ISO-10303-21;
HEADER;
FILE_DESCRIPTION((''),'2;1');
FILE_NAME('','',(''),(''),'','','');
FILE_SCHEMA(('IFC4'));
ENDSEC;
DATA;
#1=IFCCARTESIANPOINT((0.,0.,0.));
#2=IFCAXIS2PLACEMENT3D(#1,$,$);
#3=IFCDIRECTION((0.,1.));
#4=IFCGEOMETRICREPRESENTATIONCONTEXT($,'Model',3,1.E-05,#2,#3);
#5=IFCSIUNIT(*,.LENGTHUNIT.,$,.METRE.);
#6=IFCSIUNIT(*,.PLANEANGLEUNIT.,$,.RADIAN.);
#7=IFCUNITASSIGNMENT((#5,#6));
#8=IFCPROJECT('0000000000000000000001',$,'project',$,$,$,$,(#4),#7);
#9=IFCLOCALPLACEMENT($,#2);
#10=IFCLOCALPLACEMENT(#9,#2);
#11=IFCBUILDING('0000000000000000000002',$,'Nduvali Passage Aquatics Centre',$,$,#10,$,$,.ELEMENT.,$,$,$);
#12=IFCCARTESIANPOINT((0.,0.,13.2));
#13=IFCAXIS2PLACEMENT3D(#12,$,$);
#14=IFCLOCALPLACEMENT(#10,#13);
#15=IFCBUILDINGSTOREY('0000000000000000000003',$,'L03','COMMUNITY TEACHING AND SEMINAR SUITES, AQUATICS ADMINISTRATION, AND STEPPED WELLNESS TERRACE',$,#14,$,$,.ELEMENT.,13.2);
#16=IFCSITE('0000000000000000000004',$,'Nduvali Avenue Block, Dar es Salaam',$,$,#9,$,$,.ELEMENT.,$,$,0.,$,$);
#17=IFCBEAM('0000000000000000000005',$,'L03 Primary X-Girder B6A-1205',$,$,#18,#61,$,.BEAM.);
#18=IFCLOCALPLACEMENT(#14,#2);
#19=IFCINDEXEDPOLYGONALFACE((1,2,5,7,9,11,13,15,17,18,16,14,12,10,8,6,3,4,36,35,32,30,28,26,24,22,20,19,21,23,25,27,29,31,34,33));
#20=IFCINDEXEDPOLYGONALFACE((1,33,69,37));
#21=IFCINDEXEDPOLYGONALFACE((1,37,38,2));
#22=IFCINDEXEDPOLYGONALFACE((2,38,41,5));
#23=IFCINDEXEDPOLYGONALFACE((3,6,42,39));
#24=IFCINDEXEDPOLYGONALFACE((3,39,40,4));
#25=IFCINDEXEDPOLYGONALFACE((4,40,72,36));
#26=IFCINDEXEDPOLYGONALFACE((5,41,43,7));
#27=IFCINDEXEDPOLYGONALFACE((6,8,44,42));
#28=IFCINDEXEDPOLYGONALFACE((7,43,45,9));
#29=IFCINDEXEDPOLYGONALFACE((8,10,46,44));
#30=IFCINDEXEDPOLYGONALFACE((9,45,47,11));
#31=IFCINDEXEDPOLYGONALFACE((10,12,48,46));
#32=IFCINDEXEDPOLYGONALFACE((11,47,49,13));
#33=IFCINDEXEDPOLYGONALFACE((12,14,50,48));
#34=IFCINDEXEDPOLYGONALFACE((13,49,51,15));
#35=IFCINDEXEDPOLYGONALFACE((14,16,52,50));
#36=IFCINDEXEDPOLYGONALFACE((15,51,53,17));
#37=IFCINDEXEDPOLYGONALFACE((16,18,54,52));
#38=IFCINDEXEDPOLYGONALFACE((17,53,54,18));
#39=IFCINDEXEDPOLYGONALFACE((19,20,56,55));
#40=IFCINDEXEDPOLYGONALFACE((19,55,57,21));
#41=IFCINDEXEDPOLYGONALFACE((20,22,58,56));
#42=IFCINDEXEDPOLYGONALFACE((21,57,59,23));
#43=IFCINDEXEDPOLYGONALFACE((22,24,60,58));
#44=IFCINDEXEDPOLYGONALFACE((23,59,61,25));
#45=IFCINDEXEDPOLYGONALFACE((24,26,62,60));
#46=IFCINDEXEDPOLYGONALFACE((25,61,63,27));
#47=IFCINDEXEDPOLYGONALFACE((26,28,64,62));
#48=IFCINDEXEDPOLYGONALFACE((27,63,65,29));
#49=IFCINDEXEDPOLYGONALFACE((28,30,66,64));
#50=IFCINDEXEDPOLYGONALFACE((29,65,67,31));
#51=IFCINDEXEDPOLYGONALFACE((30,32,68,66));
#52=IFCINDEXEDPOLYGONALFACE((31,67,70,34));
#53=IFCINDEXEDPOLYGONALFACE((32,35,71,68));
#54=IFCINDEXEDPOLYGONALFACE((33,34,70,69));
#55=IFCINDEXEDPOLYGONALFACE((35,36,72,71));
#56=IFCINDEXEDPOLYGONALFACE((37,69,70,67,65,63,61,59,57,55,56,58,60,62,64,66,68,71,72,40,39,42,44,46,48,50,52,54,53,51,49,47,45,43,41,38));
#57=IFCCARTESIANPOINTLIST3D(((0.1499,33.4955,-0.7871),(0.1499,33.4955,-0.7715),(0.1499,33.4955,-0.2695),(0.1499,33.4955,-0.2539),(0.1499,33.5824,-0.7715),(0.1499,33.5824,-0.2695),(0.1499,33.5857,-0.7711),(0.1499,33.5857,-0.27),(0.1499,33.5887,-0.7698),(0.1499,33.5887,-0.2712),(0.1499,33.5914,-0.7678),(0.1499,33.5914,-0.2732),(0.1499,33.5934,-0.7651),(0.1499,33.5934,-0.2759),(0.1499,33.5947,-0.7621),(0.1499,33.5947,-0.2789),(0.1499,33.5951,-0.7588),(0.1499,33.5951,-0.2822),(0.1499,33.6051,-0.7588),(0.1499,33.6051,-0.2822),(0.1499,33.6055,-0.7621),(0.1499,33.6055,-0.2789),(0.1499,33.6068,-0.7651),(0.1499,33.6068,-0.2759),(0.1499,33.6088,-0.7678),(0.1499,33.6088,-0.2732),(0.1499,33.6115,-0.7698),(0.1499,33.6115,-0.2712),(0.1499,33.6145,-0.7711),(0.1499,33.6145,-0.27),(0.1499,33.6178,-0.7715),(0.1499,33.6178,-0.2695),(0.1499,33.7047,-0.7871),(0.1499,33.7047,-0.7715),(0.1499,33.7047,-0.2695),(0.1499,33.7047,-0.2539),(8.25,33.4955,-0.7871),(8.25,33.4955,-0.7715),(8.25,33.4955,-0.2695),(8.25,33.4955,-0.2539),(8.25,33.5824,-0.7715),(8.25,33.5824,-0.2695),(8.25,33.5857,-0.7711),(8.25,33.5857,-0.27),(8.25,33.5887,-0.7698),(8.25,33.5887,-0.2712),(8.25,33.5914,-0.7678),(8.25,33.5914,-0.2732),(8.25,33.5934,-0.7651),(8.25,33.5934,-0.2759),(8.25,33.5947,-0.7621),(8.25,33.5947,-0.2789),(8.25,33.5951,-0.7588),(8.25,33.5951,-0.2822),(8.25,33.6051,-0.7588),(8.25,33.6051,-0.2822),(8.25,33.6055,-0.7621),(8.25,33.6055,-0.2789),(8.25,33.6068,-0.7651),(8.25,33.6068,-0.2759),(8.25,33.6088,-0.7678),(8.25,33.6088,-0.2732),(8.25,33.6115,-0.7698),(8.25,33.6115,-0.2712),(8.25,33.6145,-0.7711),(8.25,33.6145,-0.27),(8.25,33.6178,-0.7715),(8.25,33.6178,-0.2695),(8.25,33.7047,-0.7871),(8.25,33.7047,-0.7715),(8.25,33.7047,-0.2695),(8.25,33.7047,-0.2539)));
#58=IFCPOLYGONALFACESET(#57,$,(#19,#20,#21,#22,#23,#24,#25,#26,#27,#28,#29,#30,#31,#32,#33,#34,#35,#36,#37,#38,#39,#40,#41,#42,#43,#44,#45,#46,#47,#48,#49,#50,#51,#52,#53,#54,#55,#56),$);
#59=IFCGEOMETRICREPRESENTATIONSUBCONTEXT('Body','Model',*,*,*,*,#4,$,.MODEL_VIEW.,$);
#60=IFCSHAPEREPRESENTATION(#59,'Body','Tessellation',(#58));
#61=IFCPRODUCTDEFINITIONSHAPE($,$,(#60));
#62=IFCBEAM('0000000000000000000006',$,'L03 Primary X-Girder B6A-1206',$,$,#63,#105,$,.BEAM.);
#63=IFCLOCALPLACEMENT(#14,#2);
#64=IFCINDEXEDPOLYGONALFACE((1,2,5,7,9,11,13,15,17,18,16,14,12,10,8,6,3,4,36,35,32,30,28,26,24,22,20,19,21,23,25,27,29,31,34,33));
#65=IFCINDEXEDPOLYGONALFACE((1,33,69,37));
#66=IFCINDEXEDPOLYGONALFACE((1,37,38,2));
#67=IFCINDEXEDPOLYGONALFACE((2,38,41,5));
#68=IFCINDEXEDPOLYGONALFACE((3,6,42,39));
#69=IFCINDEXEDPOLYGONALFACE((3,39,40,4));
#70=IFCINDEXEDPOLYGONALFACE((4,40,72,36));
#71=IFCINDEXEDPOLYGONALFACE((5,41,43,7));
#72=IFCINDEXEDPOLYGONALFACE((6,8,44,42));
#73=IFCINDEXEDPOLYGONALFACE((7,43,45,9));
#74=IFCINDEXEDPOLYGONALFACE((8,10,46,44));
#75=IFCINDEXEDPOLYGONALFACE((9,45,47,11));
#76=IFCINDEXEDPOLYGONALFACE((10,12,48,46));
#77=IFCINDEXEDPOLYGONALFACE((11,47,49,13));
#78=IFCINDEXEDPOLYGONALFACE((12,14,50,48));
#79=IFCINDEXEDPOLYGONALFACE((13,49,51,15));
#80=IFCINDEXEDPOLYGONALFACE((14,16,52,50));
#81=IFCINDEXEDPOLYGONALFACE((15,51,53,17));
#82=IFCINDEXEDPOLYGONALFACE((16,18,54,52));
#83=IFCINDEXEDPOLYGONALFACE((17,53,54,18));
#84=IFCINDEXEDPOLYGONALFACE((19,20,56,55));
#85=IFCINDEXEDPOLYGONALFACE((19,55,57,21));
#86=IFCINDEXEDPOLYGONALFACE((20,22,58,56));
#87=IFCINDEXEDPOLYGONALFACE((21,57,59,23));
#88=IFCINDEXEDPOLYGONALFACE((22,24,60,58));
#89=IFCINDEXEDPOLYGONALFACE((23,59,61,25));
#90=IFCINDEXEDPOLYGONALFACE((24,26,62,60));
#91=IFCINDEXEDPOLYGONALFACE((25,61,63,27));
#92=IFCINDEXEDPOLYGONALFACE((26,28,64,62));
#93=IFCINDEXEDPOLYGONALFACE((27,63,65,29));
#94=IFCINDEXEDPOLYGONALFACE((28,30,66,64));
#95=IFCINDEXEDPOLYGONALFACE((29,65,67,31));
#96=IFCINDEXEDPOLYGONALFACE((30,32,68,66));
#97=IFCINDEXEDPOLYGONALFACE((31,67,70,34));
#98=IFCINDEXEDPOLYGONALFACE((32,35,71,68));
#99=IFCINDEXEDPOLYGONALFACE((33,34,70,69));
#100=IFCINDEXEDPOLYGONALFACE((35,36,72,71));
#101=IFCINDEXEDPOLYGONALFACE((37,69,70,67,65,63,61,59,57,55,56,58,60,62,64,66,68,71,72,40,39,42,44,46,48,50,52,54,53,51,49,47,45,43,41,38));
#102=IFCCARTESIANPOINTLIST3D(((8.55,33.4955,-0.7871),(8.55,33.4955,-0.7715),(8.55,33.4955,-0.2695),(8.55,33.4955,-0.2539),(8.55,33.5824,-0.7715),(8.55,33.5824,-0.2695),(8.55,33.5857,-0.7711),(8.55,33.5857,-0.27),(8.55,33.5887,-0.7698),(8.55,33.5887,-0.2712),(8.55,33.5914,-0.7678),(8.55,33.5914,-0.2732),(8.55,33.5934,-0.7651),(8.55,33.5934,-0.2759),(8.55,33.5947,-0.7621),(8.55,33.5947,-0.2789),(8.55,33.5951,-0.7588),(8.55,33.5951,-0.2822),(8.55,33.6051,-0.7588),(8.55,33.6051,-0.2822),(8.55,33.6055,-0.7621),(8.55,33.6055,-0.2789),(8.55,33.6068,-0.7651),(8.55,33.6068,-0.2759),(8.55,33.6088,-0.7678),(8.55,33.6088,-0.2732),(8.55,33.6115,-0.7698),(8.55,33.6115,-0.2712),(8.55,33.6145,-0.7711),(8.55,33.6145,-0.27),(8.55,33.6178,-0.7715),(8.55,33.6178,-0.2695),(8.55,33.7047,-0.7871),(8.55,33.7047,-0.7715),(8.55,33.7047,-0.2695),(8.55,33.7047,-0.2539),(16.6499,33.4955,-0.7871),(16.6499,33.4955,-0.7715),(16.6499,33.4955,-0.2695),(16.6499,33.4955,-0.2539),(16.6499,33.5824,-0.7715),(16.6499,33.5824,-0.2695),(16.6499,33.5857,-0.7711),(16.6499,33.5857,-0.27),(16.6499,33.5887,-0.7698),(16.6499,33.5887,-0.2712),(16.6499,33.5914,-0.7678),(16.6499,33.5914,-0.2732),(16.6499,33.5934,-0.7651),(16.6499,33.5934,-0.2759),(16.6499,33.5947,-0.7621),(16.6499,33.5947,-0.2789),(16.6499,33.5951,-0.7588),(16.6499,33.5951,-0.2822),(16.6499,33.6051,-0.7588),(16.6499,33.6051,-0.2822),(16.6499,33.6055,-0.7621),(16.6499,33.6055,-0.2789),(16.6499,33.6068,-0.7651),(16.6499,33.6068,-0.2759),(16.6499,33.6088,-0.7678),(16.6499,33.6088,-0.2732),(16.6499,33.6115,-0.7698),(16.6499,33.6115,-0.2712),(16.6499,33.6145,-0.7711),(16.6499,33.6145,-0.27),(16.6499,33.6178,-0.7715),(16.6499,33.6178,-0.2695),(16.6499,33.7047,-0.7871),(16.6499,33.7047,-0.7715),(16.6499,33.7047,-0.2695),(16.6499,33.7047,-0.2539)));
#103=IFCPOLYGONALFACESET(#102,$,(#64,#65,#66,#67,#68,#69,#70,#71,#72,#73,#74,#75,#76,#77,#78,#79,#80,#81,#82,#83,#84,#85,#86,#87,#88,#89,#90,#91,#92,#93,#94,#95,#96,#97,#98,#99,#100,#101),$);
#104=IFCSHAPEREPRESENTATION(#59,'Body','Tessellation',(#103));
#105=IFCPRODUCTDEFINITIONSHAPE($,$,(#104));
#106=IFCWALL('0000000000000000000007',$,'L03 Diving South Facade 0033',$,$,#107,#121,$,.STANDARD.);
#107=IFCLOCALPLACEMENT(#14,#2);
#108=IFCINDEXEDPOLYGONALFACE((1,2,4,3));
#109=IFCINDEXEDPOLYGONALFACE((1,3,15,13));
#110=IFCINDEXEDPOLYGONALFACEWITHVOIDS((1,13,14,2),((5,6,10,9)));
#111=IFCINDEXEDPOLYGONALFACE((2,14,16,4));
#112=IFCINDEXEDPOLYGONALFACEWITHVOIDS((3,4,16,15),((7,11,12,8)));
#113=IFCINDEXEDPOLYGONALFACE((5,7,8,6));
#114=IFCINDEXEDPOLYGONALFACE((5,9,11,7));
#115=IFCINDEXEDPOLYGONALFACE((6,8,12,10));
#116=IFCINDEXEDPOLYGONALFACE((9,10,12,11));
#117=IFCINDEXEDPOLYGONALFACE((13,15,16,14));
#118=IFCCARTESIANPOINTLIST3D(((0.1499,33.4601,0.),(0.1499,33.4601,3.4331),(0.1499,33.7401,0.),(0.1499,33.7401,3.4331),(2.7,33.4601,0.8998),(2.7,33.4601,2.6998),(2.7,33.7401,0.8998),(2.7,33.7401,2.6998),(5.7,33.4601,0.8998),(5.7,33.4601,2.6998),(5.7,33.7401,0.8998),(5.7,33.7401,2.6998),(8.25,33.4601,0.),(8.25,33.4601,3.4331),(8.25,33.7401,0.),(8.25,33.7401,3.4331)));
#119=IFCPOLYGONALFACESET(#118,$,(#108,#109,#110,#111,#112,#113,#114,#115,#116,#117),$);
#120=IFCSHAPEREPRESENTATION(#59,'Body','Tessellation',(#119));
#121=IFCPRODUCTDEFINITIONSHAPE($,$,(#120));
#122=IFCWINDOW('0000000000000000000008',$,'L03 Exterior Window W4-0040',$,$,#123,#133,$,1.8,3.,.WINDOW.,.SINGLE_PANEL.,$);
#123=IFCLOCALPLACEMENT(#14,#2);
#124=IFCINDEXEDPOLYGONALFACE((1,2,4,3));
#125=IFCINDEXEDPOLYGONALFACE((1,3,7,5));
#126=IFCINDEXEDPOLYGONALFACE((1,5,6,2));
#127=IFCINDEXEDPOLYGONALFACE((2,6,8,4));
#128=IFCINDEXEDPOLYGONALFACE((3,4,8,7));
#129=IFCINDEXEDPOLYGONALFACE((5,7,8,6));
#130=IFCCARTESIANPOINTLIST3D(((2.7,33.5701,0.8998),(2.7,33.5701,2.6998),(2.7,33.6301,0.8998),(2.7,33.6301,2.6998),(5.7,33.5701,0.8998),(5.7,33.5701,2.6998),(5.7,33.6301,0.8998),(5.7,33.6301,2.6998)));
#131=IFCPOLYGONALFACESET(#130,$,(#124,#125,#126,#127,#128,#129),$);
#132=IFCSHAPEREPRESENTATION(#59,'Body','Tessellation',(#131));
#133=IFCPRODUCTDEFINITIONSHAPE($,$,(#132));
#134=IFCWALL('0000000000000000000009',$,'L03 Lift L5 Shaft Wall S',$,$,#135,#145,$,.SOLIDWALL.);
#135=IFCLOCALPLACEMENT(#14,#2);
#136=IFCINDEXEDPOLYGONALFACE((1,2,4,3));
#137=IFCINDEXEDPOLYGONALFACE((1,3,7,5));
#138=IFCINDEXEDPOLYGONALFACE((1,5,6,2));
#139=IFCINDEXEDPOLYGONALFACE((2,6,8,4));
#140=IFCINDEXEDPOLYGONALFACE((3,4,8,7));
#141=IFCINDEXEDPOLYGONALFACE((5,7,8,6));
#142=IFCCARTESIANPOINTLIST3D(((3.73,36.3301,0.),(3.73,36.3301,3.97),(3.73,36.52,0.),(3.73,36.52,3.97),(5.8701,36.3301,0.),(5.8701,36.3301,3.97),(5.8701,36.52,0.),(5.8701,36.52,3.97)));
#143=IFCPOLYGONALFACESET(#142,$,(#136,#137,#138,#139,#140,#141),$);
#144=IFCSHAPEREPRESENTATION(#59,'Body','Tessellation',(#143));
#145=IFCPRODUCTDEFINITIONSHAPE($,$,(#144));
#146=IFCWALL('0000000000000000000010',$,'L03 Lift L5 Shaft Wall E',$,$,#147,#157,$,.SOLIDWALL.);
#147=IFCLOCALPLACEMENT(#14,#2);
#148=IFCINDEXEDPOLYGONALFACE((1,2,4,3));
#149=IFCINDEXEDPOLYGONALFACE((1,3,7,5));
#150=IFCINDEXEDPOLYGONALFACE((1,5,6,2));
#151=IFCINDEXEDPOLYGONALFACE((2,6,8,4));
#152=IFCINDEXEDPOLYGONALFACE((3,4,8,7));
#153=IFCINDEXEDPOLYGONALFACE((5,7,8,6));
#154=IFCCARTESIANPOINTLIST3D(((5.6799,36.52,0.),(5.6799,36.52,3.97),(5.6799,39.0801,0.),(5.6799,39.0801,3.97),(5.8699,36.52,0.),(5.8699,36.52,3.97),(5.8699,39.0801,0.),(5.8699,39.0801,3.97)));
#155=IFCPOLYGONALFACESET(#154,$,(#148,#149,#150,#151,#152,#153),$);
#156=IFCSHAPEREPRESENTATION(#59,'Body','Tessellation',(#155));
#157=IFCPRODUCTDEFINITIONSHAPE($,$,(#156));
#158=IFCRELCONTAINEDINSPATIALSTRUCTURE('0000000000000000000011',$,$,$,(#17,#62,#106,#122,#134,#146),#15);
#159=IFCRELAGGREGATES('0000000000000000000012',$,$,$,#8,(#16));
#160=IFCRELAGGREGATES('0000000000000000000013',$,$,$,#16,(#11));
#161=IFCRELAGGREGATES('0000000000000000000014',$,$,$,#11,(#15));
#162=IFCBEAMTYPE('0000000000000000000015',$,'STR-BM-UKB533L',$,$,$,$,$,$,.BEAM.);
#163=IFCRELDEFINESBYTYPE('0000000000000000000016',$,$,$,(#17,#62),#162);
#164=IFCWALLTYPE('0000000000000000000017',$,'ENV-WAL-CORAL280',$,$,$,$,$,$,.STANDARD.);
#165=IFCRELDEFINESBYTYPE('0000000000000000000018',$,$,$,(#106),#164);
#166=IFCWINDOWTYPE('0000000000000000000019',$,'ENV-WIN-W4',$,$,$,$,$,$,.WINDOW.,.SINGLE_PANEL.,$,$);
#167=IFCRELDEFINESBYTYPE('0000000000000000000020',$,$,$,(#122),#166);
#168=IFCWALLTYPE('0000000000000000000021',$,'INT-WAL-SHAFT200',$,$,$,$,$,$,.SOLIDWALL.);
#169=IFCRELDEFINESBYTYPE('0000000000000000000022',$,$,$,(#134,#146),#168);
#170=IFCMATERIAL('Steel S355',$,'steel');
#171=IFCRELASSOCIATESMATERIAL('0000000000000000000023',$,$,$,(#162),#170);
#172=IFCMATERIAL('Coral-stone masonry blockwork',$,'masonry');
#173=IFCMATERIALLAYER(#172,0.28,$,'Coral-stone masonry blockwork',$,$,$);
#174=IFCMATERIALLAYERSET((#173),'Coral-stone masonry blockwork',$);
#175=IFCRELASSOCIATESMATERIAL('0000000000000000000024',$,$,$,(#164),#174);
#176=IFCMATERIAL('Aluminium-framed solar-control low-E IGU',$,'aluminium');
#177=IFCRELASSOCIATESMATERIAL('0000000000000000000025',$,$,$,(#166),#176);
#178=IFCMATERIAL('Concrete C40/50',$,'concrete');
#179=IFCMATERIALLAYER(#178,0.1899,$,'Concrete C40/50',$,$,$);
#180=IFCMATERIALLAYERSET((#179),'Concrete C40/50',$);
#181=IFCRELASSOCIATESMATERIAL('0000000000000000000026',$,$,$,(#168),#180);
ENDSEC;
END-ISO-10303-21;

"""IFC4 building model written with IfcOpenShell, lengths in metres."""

from ifc_helpers import new_model, si_unit, direction, frame, frame_2d, origin, origin_2d, place, context, subcontext, project, spatial, rectangle, i_section, extrude, material, layer, layer_set, material_profile, profile_set, type_object, element, fill, save


model = new_model("IFC4")

# Units and contexts
model_context = context("Model", 3, precision=1e-05, world=origin(), true_north=direction((0.0, 1.0)))
body_context = subcontext(model_context, "Body", "Model", "MODEL_VIEW")
ifc_project = project(units=[si_unit("LENGTHUNIT", "METRE"), si_unit("PLANEANGLEUNIT", "RADIAN")], contexts=[model_context])

# Site, building, storey
site_placement = place(None, origin())
site = spatial("IfcSite", under=ifc_project, at=site_placement, Name="Nduvali Avenue Block, Dar es Salaam", CompositionType="ELEMENT", RefElevation=0.0)
building_placement = place(site_placement, origin())
building = spatial("IfcBuilding", under=site, at=building_placement, Name="Nduvali Passage Aquatics Centre", CompositionType="ELEMENT")
storey_placement = place(building_placement, frame((0.0, 0.0, 13.2)))
storey = spatial("IfcBuildingStorey", under=building, at=storey_placement, Name="L03", Description="COMMUNITY TEACHING AND SEMINAR SUITES, AQUATICS ADMINISTRATION, AND STEPPED WELLNESS TERRACE", CompositionType="ELEMENT", Elevation=13.2)

# Shared definitions
ifc_material_1 = material(Name="Steel S355", Category="steel")

# Beams
ifc_material_profile_1 = material_profile(ifc_material_1, i_section(OverallWidth=0.2092, OverallDepth=0.5332, WebThickness=0.01, FlangeThickness=0.0156, FilletRadius=0.0127, at=origin_2d()), Name="UKB 533x210x92")
ifc_profile_set_1 = profile_set([ifc_material_profile_1], Name="Steel S355")
beam_type_1 = type_object("IfcBeamType", Name="STR-BM-UKB533L", PredefinedType="BEAM", material=ifc_profile_set_1)
beam_1_placement = place(storey_placement, frame((0.1499, 33.6001, -0.5205), z_axis=(1.0, 0.0, 0.0), x_axis=(0.0, 1.0, 0.0)))
element("IfcBeam", 1, at=beam_1_placement, inside=storey, type_object=beam_type_1, Name="L03 Primary X-Girder B6A-1205", PredefinedType="BEAM", context=body_context, shape_type="SweptSolid", body=[
    extrude(i_section(OverallWidth=0.2092, OverallDepth=0.5332, WebThickness=0.01, FlangeThickness=0.0156, FilletRadius=0.0127, at=origin_2d()), origin(), (0.0, 0.0, 1.0), 8.1001),
])
beam_2_placement = place(storey_placement, frame((8.55, 33.6001, -0.5205), z_axis=(1.0, 0.0, 0.0), x_axis=(0.0, 1.0, 0.0)))
element("IfcBeam", 2, at=beam_2_placement, inside=storey, type_object=beam_type_1, Name="L03 Primary X-Girder B6A-1206", PredefinedType="BEAM", context=body_context, shape_type="SweptSolid", body=[
    extrude(i_section(OverallWidth=0.2092, OverallDepth=0.5332, WebThickness=0.01, FlangeThickness=0.0156, FilletRadius=0.0127, at=origin_2d()), origin(), (0.0, 0.0, 1.0), 8.0999),
])

# Wall, opening, window
ifc_material_2 = material(Name="Coral-stone masonry blockwork", Category="masonry")
ifc_layer_1 = layer(ifc_material_2, 0.28, Name="Coral-stone masonry blockwork")
ifc_layer_set_1 = layer_set([ifc_layer_1], Name="Coral-stone masonry blockwork")
wall_type_1 = type_object("IfcWallType", Name="ENV-WAL-CORAL280", PredefinedType="STANDARD", material=ifc_layer_set_1)
wall_1_placement = place(storey_placement, frame((0.1499, 33.6001, 0.0), z_axis=(0.0, 0.0, 1.0), x_axis=(1.0, 0.0, 0.0)))
wall_1 = element("IfcWall", 3, at=wall_1_placement, inside=storey, type_object=wall_type_1, Name="L03 Diving South Facade 0033", PredefinedType="STANDARD", context=body_context, shape_type="SweptSolid", body=[
    extrude(rectangle(XDim=8.1001, YDim=0.28, at=frame_2d((4.05, 0.0))), origin(), (0.0, 0.0, 1.0), 3.4331),
])
opening_1_placement = place(wall_1_placement, frame((2.55, 0.0, 0.8999)))
opening_1 = element("IfcOpeningElement", 4, at=opening_1_placement, cuts=wall_1, PredefinedType="OPENING", context=body_context, shape_type="SweptSolid", body=[
    extrude(rectangle(XDim=3.0, YDim=1.8, at=frame_2d((1.5, 0.8999))), frame((0.0, 0.1548, 0.0), z_axis=(0.0, -1.0, 0.0), x_axis=(1.0, 0.0, 0.0)), (0.0, 0.0, 1.0), 0.3098),
])
ifc_material_3 = material(Name="Aluminium-framed solar-control low-E IGU", Category="aluminium")
window_type = type_object("IfcWindowType", Name="ENV-WIN-W4", PartitioningType="SINGLE_PANEL", PredefinedType="WINDOW", material=ifc_material_3)
window_placement = place(opening_1_placement, origin())
window = element("IfcWindow", 5, at=window_placement, inside=storey, type_object=window_type, Name="L03 Exterior Window W4-0040", OverallHeight=1.8, OverallWidth=3.0, PartitioningType="SINGLE_PANEL", PredefinedType="WINDOW", context=body_context, shape_type="SweptSolid", body=[
    extrude(rectangle(XDim=3.0, YDim=1.8, at=frame_2d((1.5, 0.8999))), frame((0.0, 0.03, 0.0), z_axis=(0.0, -1.0, 0.0), x_axis=(1.0, 0.0, 0.0)), (0.0, 0.0, 1.0), 0.0601),
])
fill(opening_1, window)

# Walls
ifc_material_4 = material(Name="Concrete C40/50", Category="concrete")
ifc_layer_2 = layer(ifc_material_4, 0.1899, Name="Concrete C40/50")
ifc_layer_set_2 = layer_set([ifc_layer_2], Name="Concrete C40/50")
wall_type_2 = type_object("IfcWallType", Name="INT-WAL-SHAFT200", PredefinedType="SOLIDWALL", material=ifc_layer_set_2)
wall_2_placement = place(storey_placement, frame((3.73, 36.425, 0.0), z_axis=(0.0, 0.0, 1.0), x_axis=(1.0, 0.0, 0.0)))
element("IfcWall", 6, at=wall_2_placement, inside=storey, type_object=wall_type_2, Name="L03 Lift L5 Shaft Wall S", PredefinedType="SOLIDWALL", context=body_context, shape_type="SweptSolid", body=[
    extrude(rectangle(XDim=2.1401, YDim=0.1899, at=frame_2d((1.0701, 0.0))), origin(), (0.0, 0.0, 1.0), 3.97),
])
wall_3_placement = place(storey_placement, frame((5.7749, 36.52, 0.0), z_axis=(0.0, 0.0, 1.0), x_axis=(0.0, 1.0, 0.0)))
element("IfcWall", 7, at=wall_3_placement, inside=storey, type_object=wall_type_2, Name="L03 Lift L5 Shaft Wall E", PredefinedType="SOLIDWALL", context=body_context, shape_type="SweptSolid", body=[
    extrude(rectangle(XDim=2.5601, YDim=0.1899, at=frame_2d((1.28, 0.0))), origin(), (0.0, 0.0, 1.0), 3.97),
])

save(model, "model.ifc")
